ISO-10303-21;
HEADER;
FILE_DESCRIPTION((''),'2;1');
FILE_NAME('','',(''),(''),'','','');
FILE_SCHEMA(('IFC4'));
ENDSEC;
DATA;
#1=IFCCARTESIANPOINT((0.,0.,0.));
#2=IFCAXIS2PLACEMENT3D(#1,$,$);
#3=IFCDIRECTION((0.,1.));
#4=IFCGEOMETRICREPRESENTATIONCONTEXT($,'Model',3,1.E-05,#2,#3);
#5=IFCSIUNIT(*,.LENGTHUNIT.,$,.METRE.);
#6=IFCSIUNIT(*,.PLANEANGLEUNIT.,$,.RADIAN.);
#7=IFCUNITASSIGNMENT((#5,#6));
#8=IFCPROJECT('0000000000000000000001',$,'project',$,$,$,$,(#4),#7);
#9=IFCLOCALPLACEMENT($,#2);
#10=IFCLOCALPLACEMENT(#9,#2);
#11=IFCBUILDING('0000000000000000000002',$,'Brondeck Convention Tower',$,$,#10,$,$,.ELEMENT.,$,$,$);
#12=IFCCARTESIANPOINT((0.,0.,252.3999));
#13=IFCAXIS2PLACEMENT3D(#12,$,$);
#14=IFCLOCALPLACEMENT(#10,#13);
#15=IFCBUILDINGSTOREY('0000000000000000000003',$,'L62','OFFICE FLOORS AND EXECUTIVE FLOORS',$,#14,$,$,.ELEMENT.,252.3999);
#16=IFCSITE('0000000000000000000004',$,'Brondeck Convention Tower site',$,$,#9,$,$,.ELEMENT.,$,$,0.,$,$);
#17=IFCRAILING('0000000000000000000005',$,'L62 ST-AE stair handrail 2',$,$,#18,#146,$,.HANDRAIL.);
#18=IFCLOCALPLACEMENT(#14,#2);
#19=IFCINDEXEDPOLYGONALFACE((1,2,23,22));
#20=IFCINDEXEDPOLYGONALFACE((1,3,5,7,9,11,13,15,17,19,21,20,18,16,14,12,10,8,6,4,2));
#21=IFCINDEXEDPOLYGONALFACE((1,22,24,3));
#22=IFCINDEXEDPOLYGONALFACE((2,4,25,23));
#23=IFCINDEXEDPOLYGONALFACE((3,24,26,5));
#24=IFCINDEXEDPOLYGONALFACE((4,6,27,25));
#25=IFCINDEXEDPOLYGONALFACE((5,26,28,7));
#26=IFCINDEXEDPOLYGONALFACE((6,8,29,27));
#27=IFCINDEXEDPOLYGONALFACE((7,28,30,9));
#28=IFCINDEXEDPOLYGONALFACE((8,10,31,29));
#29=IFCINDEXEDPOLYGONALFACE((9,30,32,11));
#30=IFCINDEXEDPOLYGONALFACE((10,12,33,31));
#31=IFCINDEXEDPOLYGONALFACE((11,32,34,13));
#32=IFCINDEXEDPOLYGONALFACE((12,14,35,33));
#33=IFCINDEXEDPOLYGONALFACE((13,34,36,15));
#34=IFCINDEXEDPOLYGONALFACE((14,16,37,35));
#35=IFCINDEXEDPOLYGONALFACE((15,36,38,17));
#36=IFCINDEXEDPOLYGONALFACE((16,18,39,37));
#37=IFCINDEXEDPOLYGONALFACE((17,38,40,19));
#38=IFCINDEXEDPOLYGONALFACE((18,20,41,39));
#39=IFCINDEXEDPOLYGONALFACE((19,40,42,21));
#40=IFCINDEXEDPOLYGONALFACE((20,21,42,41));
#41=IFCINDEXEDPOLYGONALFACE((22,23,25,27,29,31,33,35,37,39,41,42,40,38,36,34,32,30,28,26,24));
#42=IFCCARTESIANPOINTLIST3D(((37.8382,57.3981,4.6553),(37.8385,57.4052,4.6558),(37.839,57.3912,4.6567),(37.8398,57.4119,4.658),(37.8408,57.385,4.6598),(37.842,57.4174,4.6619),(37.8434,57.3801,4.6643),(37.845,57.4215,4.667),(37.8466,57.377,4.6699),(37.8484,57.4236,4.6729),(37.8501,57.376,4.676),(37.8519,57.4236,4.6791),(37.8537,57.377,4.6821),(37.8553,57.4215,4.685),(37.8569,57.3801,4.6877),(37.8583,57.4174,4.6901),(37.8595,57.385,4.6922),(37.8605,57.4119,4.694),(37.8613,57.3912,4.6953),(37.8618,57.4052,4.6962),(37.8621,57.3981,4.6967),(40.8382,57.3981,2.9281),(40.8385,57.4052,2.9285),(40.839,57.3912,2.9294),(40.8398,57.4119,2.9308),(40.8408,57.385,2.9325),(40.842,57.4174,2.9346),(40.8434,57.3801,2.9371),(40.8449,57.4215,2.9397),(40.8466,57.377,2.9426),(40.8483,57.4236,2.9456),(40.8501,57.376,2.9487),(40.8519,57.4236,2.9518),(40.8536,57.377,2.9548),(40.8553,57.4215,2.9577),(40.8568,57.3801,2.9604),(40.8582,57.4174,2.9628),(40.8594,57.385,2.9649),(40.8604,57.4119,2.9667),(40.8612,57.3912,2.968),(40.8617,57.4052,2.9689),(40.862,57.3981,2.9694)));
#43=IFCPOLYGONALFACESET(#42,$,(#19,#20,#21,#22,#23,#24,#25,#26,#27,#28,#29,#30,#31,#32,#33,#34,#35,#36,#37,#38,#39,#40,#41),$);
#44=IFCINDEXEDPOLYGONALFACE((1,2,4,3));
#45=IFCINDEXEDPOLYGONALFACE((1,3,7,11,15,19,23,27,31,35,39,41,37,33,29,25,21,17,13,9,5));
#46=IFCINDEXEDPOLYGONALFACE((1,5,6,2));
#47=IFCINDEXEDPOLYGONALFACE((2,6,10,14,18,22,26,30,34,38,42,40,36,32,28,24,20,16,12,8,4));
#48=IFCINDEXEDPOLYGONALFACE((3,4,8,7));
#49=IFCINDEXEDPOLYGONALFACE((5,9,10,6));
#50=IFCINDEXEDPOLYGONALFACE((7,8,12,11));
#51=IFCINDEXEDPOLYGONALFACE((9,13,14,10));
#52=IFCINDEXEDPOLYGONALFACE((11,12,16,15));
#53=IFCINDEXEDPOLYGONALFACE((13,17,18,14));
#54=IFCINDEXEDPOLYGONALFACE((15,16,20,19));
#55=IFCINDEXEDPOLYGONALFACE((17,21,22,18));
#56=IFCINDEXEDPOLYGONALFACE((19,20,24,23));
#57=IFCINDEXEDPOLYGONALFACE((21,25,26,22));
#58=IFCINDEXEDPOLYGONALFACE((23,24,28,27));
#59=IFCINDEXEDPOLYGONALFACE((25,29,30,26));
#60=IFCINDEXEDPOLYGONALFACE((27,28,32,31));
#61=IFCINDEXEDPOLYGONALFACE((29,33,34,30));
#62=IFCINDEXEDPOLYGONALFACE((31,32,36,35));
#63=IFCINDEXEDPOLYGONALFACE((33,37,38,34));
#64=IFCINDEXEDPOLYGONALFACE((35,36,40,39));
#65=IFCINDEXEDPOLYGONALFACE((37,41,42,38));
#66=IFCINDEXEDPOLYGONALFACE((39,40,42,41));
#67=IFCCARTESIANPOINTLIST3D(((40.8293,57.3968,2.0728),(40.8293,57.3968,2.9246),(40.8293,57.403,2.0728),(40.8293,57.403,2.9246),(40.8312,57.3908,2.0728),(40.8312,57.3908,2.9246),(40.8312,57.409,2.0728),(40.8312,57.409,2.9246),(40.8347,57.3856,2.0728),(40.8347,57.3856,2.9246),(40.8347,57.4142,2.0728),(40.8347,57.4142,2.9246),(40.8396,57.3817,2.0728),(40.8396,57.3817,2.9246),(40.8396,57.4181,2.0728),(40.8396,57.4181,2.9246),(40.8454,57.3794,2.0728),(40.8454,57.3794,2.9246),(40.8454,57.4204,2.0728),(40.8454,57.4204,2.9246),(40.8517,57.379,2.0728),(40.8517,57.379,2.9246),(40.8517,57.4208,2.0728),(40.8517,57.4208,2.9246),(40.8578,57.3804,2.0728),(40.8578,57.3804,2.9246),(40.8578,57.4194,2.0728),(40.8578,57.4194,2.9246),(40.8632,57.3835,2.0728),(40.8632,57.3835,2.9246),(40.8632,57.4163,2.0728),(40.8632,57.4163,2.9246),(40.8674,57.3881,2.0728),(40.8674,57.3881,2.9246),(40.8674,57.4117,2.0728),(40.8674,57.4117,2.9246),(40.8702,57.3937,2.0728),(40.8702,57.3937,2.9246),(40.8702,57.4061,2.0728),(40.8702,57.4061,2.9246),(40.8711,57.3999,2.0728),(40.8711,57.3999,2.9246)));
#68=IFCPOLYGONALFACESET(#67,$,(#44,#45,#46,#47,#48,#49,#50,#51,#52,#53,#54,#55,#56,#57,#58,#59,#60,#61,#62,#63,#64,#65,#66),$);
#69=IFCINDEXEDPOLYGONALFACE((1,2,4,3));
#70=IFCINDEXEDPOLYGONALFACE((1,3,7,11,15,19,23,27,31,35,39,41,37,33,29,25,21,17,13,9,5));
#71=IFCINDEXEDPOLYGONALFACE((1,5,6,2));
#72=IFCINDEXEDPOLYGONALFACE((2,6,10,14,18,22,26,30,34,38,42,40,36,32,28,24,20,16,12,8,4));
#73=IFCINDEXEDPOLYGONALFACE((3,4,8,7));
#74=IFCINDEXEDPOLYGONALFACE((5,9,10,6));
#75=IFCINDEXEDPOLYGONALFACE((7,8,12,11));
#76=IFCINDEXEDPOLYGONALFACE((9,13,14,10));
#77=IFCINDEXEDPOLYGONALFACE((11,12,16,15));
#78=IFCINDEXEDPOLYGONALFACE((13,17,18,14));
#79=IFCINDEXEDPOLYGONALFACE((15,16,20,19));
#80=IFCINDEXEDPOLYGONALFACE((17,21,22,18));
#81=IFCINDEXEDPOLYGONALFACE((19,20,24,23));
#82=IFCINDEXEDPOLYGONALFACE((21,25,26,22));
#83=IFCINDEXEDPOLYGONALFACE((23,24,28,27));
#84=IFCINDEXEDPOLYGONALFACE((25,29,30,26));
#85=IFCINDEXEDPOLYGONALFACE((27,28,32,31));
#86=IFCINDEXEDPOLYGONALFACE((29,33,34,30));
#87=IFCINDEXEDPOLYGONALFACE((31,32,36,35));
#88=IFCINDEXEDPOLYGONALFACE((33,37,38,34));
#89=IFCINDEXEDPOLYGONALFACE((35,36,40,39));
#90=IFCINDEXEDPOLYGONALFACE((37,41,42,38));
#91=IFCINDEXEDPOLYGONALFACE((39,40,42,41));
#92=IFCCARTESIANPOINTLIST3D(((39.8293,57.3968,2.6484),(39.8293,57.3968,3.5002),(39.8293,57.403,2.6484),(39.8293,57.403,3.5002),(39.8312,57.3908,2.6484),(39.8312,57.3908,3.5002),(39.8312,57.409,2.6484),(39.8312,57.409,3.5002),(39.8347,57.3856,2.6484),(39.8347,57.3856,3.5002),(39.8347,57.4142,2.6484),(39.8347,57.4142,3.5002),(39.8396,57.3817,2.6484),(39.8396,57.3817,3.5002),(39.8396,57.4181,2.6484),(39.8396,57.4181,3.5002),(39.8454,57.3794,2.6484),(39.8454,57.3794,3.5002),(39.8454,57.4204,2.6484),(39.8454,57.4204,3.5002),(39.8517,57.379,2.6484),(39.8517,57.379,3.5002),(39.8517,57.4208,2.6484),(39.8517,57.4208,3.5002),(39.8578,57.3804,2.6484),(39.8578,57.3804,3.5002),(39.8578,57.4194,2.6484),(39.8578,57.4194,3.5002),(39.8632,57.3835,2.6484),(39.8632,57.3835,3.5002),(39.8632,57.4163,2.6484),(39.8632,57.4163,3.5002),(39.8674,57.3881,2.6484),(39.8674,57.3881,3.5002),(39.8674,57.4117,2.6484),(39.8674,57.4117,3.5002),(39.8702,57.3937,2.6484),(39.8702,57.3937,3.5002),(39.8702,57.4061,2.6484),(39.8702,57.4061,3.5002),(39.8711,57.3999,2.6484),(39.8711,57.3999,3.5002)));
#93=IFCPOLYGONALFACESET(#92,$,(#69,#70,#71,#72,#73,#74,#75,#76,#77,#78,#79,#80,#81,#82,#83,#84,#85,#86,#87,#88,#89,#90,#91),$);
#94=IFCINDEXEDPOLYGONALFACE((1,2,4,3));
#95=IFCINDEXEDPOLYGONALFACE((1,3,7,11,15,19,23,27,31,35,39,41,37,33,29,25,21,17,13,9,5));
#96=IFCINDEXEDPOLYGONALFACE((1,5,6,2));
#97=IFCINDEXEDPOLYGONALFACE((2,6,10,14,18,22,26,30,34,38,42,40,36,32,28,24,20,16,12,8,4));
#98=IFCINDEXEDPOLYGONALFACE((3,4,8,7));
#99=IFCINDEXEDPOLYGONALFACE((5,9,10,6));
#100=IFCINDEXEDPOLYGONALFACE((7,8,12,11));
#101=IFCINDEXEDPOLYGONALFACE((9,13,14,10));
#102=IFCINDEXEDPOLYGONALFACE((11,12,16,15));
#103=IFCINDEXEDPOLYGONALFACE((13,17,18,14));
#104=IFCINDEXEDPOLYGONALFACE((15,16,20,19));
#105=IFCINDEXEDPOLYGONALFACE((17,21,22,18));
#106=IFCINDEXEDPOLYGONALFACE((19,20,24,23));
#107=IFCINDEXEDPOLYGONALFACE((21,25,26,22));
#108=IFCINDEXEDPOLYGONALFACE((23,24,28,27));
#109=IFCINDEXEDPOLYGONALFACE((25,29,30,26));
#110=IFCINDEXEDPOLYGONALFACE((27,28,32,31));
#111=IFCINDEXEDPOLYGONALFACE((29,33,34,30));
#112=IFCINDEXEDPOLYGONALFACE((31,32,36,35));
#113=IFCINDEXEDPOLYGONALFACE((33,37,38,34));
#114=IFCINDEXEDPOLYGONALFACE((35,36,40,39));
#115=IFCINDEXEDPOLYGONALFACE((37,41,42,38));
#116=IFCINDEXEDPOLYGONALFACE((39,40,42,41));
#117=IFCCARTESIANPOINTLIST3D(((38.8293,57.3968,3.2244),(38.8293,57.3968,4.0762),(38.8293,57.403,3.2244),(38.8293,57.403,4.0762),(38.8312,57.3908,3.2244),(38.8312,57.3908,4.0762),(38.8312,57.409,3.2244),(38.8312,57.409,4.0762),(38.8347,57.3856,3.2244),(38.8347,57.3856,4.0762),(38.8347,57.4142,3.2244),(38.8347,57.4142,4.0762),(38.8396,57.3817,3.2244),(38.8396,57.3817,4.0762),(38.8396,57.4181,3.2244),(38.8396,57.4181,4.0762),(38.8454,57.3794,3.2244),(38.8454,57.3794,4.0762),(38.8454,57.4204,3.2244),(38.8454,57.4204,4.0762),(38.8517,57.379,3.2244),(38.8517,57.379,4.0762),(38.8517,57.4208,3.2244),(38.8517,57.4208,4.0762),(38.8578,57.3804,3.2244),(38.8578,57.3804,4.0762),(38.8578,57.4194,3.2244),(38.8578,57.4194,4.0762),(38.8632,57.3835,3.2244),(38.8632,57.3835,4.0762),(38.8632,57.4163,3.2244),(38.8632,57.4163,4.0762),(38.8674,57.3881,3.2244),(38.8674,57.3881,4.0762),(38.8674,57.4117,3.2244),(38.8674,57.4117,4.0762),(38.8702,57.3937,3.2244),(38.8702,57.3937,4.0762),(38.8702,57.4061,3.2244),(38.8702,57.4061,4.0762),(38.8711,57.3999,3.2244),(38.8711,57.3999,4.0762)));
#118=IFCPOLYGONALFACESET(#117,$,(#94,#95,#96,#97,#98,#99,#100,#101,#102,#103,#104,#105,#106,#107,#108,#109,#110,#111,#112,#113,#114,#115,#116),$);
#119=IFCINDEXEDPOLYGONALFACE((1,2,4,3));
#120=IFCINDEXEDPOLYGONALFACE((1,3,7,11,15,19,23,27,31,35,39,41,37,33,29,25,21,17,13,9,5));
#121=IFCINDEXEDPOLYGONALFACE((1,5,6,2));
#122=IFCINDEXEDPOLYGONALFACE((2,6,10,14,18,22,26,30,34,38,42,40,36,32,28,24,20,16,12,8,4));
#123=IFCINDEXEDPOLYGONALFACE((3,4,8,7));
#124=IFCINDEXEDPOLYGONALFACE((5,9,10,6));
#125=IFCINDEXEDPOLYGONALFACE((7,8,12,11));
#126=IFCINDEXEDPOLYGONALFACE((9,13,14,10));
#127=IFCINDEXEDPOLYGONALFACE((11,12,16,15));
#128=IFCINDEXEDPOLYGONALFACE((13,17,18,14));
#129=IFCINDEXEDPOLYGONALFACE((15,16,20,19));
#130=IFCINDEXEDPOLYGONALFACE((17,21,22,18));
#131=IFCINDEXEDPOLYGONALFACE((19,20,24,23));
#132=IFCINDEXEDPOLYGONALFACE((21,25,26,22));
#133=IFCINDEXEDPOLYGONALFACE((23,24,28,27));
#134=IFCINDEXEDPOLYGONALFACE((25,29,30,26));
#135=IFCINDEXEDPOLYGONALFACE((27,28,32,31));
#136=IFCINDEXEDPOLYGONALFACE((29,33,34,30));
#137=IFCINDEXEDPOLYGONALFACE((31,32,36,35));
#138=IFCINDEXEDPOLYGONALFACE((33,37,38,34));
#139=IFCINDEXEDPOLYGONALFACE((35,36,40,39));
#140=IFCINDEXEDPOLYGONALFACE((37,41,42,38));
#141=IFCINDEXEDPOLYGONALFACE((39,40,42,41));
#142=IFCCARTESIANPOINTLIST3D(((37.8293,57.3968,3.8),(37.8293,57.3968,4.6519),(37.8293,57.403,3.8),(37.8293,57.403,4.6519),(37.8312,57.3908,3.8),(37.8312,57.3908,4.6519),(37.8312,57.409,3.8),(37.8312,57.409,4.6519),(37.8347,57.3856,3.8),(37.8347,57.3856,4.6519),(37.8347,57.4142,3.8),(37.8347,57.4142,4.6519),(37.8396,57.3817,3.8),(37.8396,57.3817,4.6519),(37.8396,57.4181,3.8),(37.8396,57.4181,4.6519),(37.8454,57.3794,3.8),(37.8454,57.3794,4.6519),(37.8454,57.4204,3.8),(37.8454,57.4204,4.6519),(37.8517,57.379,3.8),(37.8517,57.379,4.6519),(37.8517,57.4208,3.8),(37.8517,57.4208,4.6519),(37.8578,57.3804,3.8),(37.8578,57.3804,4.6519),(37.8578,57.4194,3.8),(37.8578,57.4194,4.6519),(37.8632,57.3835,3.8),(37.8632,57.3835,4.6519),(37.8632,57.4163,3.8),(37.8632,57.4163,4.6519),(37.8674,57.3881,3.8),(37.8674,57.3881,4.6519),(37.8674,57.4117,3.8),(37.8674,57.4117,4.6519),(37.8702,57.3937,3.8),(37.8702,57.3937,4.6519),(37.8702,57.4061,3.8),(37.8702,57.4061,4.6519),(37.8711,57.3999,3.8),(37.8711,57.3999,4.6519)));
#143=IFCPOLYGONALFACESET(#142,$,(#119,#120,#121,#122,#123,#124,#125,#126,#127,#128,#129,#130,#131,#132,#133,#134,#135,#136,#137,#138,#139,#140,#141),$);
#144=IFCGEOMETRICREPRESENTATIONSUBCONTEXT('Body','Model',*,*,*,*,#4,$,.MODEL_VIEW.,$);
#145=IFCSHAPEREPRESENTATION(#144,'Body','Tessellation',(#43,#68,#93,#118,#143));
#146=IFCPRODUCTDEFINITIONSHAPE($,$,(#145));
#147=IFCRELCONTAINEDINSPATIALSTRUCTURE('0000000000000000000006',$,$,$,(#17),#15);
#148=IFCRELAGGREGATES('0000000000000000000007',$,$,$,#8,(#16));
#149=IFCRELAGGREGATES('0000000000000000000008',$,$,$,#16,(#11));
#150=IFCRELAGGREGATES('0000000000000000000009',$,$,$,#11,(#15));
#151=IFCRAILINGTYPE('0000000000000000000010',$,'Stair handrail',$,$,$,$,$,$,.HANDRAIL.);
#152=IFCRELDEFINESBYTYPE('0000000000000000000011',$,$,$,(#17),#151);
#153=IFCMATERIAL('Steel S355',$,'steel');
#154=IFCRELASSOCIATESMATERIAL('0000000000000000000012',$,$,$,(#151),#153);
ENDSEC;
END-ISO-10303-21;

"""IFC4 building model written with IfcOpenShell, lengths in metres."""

from ifc_helpers import new_model, si_unit, direction, frame, origin, origin_2d, place, context, subcontext, project, spatial, circle, extrude, material, type_object, element, save


model = new_model("IFC4")

# Units and contexts
model_context = context("Model", 3, precision=1e-05, world=origin(), true_north=direction((0.0, 1.0)))
body_context = subcontext(model_context, "Body", "Model", "MODEL_VIEW")
ifc_project = project(units=[si_unit("LENGTHUNIT", "METRE"), si_unit("PLANEANGLEUNIT", "RADIAN")], contexts=[model_context])

# Site, building, storey
site_placement = place(None, origin())
site = spatial("IfcSite", under=ifc_project, at=site_placement, Name="Brondeck Convention Tower site", CompositionType="ELEMENT", RefElevation=0.0)
building_placement = place(site_placement, origin())
building = spatial("IfcBuilding", under=site, at=building_placement, Name="Brondeck Convention Tower", CompositionType="ELEMENT")
storey_placement = place(building_placement, frame((0.0, 0.0, 252.3999)))
storey = spatial("IfcBuildingStorey", under=building, at=storey_placement, Name="L62", Description="OFFICE FLOORS AND EXECUTIVE FLOORS", CompositionType="ELEMENT", Elevation=252.3999)

# Shared definitions
ifc_material_1 = material(Name="Steel S355", Category="steel")

# Railing
railing_type_1 = type_object("IfcRailingType", Name="Stair handrail", PredefinedType="HANDRAIL", material=ifc_material_1)
railing_1_placement = place(storey_placement, frame((40.8501, 57.3999, 2.0728)))
element("IfcRailing", 1, at=railing_1_placement, inside=storey, type_object=railing_type_1, Name="L62 ST-AE stair handrail 2", PredefinedType="HANDRAIL", context=body_context, shape_type="SweptSolid", body=[
    extrude(circle(Radius=0.0239, at=origin_2d()), frame((0.0, 0.0, 0.876), z_axis=(-0.86662, 0.0, 0.498969), x_axis=(0.0, -1.0, 0.0)), (0.0, 0.0, 1.0), 3.4617),
    extrude(circle(Radius=0.021, at=origin_2d()), origin(), (0.0, 0.0, 1.0), 0.8518),
    extrude(circle(Radius=0.021, at=origin_2d()), frame((-1.0, 0.0, 0.5757)), (0.0, 0.0, 1.0), 0.8518),
    extrude(circle(Radius=0.021, at=origin_2d()), frame((-2.0, 0.0, 1.1516)), (0.0, 0.0, 1.0), 0.8518),
    extrude(circle(Radius=0.021, at=origin_2d()), frame((-3.0, 0.0, 1.7273)), (0.0, 0.0, 1.0), 0.8518),
])

save(model, "model.ifc")
